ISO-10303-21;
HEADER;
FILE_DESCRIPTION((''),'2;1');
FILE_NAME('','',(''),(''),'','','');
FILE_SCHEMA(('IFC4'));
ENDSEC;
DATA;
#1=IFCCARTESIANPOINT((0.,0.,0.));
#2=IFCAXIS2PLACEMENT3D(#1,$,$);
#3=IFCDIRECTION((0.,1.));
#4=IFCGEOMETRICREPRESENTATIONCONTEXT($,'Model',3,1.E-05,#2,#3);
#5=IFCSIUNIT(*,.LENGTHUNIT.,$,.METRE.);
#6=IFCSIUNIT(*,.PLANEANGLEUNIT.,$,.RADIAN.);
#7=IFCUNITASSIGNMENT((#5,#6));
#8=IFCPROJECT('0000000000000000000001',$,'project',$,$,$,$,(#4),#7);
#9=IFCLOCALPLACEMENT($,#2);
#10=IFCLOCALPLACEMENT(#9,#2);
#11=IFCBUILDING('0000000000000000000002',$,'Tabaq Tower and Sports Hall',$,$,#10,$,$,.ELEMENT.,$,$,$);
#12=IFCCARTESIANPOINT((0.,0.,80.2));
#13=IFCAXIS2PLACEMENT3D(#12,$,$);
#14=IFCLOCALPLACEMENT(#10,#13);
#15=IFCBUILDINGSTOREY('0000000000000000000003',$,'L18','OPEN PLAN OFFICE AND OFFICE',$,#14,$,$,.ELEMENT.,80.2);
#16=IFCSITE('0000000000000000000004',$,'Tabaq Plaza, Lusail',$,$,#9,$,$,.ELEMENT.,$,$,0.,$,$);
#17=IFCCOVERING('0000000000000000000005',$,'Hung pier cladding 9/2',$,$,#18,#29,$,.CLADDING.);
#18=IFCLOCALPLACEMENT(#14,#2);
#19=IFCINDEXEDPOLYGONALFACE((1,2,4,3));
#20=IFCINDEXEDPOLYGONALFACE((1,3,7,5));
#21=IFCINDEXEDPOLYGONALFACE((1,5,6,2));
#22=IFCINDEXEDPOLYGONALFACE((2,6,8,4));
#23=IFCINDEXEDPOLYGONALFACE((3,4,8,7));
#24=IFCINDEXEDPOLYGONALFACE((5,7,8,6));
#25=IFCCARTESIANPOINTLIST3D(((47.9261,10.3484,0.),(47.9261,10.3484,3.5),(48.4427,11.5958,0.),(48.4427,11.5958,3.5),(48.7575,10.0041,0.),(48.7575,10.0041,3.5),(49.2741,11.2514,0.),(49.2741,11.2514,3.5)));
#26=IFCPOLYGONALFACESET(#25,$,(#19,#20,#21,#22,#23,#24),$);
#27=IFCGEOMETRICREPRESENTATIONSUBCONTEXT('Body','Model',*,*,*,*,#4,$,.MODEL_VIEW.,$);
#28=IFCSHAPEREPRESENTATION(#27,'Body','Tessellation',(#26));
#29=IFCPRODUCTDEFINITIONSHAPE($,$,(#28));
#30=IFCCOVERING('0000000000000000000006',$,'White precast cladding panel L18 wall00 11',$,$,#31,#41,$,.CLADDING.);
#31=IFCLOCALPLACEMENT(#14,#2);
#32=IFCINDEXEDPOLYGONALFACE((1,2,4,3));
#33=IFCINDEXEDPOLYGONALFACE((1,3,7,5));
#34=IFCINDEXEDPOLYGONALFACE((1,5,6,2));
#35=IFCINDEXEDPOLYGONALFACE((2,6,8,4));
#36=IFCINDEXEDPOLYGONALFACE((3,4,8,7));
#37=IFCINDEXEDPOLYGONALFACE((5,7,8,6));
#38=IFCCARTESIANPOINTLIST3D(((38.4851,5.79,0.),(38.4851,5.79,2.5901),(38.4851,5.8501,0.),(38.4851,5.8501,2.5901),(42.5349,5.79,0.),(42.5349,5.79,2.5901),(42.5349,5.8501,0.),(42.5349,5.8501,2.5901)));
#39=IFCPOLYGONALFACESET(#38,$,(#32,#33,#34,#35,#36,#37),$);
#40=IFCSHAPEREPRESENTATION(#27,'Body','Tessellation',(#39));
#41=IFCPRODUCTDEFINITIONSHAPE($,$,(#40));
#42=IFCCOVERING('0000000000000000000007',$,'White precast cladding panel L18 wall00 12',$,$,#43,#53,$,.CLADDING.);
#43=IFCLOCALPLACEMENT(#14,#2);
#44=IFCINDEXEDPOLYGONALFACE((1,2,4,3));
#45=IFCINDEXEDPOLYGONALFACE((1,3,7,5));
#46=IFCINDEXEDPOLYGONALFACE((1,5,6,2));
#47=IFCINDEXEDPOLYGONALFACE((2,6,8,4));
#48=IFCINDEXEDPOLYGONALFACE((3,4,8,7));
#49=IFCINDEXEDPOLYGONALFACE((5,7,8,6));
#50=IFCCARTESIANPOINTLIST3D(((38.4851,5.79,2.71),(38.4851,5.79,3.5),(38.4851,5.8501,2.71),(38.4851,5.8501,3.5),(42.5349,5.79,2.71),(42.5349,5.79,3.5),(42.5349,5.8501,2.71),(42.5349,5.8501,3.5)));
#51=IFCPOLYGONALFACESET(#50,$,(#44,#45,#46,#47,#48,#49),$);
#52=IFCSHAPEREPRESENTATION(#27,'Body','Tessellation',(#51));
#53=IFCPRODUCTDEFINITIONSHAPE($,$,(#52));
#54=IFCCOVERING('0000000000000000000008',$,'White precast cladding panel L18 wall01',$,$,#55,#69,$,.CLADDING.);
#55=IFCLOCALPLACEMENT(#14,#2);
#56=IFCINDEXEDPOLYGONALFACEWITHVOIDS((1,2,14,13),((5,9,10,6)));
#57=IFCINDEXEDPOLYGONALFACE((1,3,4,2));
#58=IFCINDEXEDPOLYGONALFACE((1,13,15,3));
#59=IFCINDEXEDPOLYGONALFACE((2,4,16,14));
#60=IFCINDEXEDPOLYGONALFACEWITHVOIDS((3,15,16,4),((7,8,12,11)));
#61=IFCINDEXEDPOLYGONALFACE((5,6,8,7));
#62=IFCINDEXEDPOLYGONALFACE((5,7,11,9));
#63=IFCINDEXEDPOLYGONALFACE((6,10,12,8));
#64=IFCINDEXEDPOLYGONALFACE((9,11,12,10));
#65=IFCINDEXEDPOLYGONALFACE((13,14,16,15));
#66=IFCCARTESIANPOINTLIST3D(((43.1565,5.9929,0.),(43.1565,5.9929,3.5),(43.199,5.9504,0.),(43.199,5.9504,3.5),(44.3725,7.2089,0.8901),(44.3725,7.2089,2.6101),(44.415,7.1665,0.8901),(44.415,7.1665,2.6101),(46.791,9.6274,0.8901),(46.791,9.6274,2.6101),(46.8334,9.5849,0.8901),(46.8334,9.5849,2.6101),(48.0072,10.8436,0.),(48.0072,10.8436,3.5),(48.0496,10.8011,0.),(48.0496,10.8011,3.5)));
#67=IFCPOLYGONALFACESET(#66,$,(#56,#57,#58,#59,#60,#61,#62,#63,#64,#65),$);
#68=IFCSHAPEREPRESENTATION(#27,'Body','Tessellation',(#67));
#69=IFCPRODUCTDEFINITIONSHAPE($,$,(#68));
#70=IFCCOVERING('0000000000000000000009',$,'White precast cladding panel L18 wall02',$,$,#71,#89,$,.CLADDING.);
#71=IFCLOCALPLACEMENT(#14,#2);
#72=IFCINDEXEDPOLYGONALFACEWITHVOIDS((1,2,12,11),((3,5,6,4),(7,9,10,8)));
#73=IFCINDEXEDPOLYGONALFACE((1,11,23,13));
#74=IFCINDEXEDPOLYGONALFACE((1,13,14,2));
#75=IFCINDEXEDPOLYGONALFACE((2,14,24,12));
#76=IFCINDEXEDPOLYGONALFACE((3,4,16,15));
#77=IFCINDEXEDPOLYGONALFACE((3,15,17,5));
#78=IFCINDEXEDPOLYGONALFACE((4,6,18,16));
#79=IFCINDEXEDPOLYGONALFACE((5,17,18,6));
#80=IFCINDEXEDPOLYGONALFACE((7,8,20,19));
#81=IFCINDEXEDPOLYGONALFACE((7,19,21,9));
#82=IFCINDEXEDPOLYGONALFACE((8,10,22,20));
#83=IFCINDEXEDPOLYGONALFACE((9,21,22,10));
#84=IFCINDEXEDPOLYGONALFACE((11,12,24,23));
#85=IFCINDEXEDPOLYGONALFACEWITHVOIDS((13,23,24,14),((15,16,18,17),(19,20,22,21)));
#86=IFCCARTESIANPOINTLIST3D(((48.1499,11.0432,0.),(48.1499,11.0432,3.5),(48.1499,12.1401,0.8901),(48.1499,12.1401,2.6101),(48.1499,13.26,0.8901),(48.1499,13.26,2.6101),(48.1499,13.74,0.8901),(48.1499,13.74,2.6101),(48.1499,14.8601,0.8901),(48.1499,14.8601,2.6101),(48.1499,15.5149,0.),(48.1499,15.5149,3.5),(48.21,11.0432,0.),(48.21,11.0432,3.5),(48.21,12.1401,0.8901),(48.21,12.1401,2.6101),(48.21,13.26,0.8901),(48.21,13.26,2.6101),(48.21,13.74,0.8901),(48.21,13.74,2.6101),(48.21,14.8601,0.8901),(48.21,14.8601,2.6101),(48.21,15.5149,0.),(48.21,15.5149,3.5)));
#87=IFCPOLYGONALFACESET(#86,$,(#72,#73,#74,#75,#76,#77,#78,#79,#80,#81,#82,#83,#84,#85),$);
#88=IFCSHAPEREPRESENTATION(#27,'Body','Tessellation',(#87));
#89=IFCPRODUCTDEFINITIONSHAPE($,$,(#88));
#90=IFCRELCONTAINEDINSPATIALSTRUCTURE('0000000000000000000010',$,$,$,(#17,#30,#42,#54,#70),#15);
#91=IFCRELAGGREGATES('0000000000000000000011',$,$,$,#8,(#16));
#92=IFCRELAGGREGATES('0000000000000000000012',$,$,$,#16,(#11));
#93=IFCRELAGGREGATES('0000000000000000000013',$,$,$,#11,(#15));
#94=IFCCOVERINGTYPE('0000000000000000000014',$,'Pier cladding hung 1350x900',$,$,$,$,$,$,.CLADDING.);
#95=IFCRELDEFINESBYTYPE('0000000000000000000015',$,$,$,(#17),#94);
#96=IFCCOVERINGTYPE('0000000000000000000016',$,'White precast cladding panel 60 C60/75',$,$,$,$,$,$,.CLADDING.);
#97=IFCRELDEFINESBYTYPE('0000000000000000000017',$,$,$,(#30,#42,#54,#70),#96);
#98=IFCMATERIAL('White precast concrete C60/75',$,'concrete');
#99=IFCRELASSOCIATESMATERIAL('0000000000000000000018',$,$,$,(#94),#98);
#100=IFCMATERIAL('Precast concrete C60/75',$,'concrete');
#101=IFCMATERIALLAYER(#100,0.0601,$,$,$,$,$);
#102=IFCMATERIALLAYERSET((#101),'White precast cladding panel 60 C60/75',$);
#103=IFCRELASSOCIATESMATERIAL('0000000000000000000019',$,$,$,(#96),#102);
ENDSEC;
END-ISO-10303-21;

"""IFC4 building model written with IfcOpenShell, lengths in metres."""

from ifc_helpers import new_model, si_unit, direction, frame, frame_2d, origin, place, context, subcontext, project, spatial, polyline, rectangle, outline, extrude, material, layer, layer_set, type_object, element, save


model = new_model("IFC4")

# Units and contexts
model_context = context("Model", 3, precision=1e-05, world=origin(), true_north=direction((0.0, 1.0)))
body_context = subcontext(model_context, "Body", "Model", "MODEL_VIEW")
ifc_project = project(units=[si_unit("LENGTHUNIT", "METRE"), si_unit("PLANEANGLEUNIT", "RADIAN")], contexts=[model_context])

# Site, building, storey
site_placement = place(None, origin())
site = spatial("IfcSite", under=ifc_project, at=site_placement, Name="Tabaq Plaza, Lusail", CompositionType="ELEMENT", RefElevation=0.0)
building_placement = place(site_placement, origin())
building = spatial("IfcBuilding", under=site, at=building_placement, Name="Tabaq Tower and Sports Hall", CompositionType="ELEMENT")
storey_placement = place(building_placement, frame((0.0, 0.0, 80.2)))
storey = spatial("IfcBuildingStorey", under=building, at=storey_placement, Name="L18", Description="OPEN PLAN OFFICE AND OFFICE", CompositionType="ELEMENT", Elevation=80.2)

# Coverings
ifc_material_1 = material(Name="White precast concrete C60/75", Category="concrete")
covering_type_1 = type_object("IfcCoveringType", Name="Pier cladding hung 1350x900", PredefinedType="CLADDING", material=ifc_material_1)
covering_1_placement = place(storey_placement, frame((48.3418, 10.1763, 0.0), z_axis=(0.0, 0.0, 1.0), x_axis=(0.38265, 0.923893, 0.0)))
element("IfcCovering", 1, at=covering_1_placement, inside=storey, type_object=covering_type_1, Name="Hung pier cladding 9/2", PredefinedType="CLADDING", context=body_context, shape_type="SweptSolid", body=[
    extrude(rectangle(XDim=1.3501, YDim=0.8999, at=frame_2d((0.675, 0.0))), origin(), (0.0, 0.0, 1.0), 3.5),
])
ifc_material_2 = material(Name="Precast concrete C60/75", Category="concrete")
ifc_layer_1 = layer(ifc_material_2, 0.0601)
ifc_layer_set_1 = layer_set([ifc_layer_1], Name="White precast cladding panel 60 C60/75")
covering_type_2 = type_object("IfcCoveringType", Name="White precast cladding panel 60 C60/75", PredefinedType="CLADDING", material=ifc_layer_set_1)
covering_2_placement = place(storey_placement, frame((38.4851, 5.8201, 0.0), z_axis=(0.0, 0.0, 1.0), x_axis=(1.0, 0.0, 0.0)))
element("IfcCovering", 2, at=covering_2_placement, inside=storey, type_object=covering_type_2, Name="White precast cladding panel L18 wall00 11", PredefinedType="CLADDING", context=body_context, shape_type="SweptSolid", body=[
    extrude(rectangle(XDim=4.0498, YDim=0.0601, at=frame_2d((2.0249, 0.0))), origin(), (0.0, 0.0, 1.0), 2.5901),
])
covering_3_placement = place(storey_placement, frame((38.4851, 5.8201, 2.71), z_axis=(0.0, 0.0, 1.0), x_axis=(1.0, 0.0, 0.0)))
element("IfcCovering", 3, at=covering_3_placement, inside=storey, type_object=covering_type_2, Name="White precast cladding panel L18 wall00 12", PredefinedType="CLADDING", context=body_context, shape_type="SweptSolid", body=[
    extrude(rectangle(XDim=4.0498, YDim=0.0601, at=frame_2d((2.0249, 0.0))), origin(), (0.0, 0.0, 1.0), 0.79),
])
covering_4_placement = place(storey_placement, frame((43.1777, 5.9717, 0.0), z_axis=(0.0, 0.0, 1.0), x_axis=(0.707107, 0.707107, 0.0)))
element("IfcCovering", 4, at=covering_4_placement, inside=storey, type_object=covering_type_2, Name="White precast cladding panel L18 wall01", PredefinedType="CLADDING", context=body_context, shape_type="SweptSolid", body=[
    extrude(outline(polyline([(0.0, 0.0), (6.8599, 0.0), (6.8599, 3.5), (0.0, 3.5), (0.0, 0.0)]), holes=[polyline([(1.7197, 0.8901), (1.7197, 2.6101), (5.1399, 2.6101), (5.1399, 0.8901), (1.7197, 0.8901)])]), frame((0.0, 0.03, 0.0), z_axis=(0.0, -1.0, 0.0), x_axis=(1.0, 0.0, 0.0)), (0.0, 0.0, 1.0), 0.0601),
])
covering_5_placement = place(storey_placement, frame((48.1799, 11.0432, 0.0), z_axis=(0.0, 0.0, 1.0), x_axis=(0.0, 1.0, 0.0)))
element("IfcCovering", 5, at=covering_5_placement, inside=storey, type_object=covering_type_2, Name="White precast cladding panel L18 wall02", PredefinedType="CLADDING", context=body_context, shape_type="SweptSolid", body=[
    extrude(outline(polyline([(0.0, 0.0), (4.4717, 0.0), (4.4717, 3.5), (0.0, 3.5), (0.0, 0.0)]), holes=[polyline([(1.0969, 2.6101), (2.2168, 2.6101), (2.2168, 0.8901), (1.0969, 0.8901), (1.0969, 2.6101)]), polyline([(2.6968, 2.6101), (3.8169, 2.6101), (3.8169, 0.8901), (2.6968, 0.8901), (2.6968, 2.6101)])]), frame((0.0, 0.03, 0.0), z_axis=(0.0, -1.0, 0.0), x_axis=(1.0, 0.0, 0.0)), (0.0, 0.0, 1.0), 0.0601),
])

save(model, "model.ifc")
